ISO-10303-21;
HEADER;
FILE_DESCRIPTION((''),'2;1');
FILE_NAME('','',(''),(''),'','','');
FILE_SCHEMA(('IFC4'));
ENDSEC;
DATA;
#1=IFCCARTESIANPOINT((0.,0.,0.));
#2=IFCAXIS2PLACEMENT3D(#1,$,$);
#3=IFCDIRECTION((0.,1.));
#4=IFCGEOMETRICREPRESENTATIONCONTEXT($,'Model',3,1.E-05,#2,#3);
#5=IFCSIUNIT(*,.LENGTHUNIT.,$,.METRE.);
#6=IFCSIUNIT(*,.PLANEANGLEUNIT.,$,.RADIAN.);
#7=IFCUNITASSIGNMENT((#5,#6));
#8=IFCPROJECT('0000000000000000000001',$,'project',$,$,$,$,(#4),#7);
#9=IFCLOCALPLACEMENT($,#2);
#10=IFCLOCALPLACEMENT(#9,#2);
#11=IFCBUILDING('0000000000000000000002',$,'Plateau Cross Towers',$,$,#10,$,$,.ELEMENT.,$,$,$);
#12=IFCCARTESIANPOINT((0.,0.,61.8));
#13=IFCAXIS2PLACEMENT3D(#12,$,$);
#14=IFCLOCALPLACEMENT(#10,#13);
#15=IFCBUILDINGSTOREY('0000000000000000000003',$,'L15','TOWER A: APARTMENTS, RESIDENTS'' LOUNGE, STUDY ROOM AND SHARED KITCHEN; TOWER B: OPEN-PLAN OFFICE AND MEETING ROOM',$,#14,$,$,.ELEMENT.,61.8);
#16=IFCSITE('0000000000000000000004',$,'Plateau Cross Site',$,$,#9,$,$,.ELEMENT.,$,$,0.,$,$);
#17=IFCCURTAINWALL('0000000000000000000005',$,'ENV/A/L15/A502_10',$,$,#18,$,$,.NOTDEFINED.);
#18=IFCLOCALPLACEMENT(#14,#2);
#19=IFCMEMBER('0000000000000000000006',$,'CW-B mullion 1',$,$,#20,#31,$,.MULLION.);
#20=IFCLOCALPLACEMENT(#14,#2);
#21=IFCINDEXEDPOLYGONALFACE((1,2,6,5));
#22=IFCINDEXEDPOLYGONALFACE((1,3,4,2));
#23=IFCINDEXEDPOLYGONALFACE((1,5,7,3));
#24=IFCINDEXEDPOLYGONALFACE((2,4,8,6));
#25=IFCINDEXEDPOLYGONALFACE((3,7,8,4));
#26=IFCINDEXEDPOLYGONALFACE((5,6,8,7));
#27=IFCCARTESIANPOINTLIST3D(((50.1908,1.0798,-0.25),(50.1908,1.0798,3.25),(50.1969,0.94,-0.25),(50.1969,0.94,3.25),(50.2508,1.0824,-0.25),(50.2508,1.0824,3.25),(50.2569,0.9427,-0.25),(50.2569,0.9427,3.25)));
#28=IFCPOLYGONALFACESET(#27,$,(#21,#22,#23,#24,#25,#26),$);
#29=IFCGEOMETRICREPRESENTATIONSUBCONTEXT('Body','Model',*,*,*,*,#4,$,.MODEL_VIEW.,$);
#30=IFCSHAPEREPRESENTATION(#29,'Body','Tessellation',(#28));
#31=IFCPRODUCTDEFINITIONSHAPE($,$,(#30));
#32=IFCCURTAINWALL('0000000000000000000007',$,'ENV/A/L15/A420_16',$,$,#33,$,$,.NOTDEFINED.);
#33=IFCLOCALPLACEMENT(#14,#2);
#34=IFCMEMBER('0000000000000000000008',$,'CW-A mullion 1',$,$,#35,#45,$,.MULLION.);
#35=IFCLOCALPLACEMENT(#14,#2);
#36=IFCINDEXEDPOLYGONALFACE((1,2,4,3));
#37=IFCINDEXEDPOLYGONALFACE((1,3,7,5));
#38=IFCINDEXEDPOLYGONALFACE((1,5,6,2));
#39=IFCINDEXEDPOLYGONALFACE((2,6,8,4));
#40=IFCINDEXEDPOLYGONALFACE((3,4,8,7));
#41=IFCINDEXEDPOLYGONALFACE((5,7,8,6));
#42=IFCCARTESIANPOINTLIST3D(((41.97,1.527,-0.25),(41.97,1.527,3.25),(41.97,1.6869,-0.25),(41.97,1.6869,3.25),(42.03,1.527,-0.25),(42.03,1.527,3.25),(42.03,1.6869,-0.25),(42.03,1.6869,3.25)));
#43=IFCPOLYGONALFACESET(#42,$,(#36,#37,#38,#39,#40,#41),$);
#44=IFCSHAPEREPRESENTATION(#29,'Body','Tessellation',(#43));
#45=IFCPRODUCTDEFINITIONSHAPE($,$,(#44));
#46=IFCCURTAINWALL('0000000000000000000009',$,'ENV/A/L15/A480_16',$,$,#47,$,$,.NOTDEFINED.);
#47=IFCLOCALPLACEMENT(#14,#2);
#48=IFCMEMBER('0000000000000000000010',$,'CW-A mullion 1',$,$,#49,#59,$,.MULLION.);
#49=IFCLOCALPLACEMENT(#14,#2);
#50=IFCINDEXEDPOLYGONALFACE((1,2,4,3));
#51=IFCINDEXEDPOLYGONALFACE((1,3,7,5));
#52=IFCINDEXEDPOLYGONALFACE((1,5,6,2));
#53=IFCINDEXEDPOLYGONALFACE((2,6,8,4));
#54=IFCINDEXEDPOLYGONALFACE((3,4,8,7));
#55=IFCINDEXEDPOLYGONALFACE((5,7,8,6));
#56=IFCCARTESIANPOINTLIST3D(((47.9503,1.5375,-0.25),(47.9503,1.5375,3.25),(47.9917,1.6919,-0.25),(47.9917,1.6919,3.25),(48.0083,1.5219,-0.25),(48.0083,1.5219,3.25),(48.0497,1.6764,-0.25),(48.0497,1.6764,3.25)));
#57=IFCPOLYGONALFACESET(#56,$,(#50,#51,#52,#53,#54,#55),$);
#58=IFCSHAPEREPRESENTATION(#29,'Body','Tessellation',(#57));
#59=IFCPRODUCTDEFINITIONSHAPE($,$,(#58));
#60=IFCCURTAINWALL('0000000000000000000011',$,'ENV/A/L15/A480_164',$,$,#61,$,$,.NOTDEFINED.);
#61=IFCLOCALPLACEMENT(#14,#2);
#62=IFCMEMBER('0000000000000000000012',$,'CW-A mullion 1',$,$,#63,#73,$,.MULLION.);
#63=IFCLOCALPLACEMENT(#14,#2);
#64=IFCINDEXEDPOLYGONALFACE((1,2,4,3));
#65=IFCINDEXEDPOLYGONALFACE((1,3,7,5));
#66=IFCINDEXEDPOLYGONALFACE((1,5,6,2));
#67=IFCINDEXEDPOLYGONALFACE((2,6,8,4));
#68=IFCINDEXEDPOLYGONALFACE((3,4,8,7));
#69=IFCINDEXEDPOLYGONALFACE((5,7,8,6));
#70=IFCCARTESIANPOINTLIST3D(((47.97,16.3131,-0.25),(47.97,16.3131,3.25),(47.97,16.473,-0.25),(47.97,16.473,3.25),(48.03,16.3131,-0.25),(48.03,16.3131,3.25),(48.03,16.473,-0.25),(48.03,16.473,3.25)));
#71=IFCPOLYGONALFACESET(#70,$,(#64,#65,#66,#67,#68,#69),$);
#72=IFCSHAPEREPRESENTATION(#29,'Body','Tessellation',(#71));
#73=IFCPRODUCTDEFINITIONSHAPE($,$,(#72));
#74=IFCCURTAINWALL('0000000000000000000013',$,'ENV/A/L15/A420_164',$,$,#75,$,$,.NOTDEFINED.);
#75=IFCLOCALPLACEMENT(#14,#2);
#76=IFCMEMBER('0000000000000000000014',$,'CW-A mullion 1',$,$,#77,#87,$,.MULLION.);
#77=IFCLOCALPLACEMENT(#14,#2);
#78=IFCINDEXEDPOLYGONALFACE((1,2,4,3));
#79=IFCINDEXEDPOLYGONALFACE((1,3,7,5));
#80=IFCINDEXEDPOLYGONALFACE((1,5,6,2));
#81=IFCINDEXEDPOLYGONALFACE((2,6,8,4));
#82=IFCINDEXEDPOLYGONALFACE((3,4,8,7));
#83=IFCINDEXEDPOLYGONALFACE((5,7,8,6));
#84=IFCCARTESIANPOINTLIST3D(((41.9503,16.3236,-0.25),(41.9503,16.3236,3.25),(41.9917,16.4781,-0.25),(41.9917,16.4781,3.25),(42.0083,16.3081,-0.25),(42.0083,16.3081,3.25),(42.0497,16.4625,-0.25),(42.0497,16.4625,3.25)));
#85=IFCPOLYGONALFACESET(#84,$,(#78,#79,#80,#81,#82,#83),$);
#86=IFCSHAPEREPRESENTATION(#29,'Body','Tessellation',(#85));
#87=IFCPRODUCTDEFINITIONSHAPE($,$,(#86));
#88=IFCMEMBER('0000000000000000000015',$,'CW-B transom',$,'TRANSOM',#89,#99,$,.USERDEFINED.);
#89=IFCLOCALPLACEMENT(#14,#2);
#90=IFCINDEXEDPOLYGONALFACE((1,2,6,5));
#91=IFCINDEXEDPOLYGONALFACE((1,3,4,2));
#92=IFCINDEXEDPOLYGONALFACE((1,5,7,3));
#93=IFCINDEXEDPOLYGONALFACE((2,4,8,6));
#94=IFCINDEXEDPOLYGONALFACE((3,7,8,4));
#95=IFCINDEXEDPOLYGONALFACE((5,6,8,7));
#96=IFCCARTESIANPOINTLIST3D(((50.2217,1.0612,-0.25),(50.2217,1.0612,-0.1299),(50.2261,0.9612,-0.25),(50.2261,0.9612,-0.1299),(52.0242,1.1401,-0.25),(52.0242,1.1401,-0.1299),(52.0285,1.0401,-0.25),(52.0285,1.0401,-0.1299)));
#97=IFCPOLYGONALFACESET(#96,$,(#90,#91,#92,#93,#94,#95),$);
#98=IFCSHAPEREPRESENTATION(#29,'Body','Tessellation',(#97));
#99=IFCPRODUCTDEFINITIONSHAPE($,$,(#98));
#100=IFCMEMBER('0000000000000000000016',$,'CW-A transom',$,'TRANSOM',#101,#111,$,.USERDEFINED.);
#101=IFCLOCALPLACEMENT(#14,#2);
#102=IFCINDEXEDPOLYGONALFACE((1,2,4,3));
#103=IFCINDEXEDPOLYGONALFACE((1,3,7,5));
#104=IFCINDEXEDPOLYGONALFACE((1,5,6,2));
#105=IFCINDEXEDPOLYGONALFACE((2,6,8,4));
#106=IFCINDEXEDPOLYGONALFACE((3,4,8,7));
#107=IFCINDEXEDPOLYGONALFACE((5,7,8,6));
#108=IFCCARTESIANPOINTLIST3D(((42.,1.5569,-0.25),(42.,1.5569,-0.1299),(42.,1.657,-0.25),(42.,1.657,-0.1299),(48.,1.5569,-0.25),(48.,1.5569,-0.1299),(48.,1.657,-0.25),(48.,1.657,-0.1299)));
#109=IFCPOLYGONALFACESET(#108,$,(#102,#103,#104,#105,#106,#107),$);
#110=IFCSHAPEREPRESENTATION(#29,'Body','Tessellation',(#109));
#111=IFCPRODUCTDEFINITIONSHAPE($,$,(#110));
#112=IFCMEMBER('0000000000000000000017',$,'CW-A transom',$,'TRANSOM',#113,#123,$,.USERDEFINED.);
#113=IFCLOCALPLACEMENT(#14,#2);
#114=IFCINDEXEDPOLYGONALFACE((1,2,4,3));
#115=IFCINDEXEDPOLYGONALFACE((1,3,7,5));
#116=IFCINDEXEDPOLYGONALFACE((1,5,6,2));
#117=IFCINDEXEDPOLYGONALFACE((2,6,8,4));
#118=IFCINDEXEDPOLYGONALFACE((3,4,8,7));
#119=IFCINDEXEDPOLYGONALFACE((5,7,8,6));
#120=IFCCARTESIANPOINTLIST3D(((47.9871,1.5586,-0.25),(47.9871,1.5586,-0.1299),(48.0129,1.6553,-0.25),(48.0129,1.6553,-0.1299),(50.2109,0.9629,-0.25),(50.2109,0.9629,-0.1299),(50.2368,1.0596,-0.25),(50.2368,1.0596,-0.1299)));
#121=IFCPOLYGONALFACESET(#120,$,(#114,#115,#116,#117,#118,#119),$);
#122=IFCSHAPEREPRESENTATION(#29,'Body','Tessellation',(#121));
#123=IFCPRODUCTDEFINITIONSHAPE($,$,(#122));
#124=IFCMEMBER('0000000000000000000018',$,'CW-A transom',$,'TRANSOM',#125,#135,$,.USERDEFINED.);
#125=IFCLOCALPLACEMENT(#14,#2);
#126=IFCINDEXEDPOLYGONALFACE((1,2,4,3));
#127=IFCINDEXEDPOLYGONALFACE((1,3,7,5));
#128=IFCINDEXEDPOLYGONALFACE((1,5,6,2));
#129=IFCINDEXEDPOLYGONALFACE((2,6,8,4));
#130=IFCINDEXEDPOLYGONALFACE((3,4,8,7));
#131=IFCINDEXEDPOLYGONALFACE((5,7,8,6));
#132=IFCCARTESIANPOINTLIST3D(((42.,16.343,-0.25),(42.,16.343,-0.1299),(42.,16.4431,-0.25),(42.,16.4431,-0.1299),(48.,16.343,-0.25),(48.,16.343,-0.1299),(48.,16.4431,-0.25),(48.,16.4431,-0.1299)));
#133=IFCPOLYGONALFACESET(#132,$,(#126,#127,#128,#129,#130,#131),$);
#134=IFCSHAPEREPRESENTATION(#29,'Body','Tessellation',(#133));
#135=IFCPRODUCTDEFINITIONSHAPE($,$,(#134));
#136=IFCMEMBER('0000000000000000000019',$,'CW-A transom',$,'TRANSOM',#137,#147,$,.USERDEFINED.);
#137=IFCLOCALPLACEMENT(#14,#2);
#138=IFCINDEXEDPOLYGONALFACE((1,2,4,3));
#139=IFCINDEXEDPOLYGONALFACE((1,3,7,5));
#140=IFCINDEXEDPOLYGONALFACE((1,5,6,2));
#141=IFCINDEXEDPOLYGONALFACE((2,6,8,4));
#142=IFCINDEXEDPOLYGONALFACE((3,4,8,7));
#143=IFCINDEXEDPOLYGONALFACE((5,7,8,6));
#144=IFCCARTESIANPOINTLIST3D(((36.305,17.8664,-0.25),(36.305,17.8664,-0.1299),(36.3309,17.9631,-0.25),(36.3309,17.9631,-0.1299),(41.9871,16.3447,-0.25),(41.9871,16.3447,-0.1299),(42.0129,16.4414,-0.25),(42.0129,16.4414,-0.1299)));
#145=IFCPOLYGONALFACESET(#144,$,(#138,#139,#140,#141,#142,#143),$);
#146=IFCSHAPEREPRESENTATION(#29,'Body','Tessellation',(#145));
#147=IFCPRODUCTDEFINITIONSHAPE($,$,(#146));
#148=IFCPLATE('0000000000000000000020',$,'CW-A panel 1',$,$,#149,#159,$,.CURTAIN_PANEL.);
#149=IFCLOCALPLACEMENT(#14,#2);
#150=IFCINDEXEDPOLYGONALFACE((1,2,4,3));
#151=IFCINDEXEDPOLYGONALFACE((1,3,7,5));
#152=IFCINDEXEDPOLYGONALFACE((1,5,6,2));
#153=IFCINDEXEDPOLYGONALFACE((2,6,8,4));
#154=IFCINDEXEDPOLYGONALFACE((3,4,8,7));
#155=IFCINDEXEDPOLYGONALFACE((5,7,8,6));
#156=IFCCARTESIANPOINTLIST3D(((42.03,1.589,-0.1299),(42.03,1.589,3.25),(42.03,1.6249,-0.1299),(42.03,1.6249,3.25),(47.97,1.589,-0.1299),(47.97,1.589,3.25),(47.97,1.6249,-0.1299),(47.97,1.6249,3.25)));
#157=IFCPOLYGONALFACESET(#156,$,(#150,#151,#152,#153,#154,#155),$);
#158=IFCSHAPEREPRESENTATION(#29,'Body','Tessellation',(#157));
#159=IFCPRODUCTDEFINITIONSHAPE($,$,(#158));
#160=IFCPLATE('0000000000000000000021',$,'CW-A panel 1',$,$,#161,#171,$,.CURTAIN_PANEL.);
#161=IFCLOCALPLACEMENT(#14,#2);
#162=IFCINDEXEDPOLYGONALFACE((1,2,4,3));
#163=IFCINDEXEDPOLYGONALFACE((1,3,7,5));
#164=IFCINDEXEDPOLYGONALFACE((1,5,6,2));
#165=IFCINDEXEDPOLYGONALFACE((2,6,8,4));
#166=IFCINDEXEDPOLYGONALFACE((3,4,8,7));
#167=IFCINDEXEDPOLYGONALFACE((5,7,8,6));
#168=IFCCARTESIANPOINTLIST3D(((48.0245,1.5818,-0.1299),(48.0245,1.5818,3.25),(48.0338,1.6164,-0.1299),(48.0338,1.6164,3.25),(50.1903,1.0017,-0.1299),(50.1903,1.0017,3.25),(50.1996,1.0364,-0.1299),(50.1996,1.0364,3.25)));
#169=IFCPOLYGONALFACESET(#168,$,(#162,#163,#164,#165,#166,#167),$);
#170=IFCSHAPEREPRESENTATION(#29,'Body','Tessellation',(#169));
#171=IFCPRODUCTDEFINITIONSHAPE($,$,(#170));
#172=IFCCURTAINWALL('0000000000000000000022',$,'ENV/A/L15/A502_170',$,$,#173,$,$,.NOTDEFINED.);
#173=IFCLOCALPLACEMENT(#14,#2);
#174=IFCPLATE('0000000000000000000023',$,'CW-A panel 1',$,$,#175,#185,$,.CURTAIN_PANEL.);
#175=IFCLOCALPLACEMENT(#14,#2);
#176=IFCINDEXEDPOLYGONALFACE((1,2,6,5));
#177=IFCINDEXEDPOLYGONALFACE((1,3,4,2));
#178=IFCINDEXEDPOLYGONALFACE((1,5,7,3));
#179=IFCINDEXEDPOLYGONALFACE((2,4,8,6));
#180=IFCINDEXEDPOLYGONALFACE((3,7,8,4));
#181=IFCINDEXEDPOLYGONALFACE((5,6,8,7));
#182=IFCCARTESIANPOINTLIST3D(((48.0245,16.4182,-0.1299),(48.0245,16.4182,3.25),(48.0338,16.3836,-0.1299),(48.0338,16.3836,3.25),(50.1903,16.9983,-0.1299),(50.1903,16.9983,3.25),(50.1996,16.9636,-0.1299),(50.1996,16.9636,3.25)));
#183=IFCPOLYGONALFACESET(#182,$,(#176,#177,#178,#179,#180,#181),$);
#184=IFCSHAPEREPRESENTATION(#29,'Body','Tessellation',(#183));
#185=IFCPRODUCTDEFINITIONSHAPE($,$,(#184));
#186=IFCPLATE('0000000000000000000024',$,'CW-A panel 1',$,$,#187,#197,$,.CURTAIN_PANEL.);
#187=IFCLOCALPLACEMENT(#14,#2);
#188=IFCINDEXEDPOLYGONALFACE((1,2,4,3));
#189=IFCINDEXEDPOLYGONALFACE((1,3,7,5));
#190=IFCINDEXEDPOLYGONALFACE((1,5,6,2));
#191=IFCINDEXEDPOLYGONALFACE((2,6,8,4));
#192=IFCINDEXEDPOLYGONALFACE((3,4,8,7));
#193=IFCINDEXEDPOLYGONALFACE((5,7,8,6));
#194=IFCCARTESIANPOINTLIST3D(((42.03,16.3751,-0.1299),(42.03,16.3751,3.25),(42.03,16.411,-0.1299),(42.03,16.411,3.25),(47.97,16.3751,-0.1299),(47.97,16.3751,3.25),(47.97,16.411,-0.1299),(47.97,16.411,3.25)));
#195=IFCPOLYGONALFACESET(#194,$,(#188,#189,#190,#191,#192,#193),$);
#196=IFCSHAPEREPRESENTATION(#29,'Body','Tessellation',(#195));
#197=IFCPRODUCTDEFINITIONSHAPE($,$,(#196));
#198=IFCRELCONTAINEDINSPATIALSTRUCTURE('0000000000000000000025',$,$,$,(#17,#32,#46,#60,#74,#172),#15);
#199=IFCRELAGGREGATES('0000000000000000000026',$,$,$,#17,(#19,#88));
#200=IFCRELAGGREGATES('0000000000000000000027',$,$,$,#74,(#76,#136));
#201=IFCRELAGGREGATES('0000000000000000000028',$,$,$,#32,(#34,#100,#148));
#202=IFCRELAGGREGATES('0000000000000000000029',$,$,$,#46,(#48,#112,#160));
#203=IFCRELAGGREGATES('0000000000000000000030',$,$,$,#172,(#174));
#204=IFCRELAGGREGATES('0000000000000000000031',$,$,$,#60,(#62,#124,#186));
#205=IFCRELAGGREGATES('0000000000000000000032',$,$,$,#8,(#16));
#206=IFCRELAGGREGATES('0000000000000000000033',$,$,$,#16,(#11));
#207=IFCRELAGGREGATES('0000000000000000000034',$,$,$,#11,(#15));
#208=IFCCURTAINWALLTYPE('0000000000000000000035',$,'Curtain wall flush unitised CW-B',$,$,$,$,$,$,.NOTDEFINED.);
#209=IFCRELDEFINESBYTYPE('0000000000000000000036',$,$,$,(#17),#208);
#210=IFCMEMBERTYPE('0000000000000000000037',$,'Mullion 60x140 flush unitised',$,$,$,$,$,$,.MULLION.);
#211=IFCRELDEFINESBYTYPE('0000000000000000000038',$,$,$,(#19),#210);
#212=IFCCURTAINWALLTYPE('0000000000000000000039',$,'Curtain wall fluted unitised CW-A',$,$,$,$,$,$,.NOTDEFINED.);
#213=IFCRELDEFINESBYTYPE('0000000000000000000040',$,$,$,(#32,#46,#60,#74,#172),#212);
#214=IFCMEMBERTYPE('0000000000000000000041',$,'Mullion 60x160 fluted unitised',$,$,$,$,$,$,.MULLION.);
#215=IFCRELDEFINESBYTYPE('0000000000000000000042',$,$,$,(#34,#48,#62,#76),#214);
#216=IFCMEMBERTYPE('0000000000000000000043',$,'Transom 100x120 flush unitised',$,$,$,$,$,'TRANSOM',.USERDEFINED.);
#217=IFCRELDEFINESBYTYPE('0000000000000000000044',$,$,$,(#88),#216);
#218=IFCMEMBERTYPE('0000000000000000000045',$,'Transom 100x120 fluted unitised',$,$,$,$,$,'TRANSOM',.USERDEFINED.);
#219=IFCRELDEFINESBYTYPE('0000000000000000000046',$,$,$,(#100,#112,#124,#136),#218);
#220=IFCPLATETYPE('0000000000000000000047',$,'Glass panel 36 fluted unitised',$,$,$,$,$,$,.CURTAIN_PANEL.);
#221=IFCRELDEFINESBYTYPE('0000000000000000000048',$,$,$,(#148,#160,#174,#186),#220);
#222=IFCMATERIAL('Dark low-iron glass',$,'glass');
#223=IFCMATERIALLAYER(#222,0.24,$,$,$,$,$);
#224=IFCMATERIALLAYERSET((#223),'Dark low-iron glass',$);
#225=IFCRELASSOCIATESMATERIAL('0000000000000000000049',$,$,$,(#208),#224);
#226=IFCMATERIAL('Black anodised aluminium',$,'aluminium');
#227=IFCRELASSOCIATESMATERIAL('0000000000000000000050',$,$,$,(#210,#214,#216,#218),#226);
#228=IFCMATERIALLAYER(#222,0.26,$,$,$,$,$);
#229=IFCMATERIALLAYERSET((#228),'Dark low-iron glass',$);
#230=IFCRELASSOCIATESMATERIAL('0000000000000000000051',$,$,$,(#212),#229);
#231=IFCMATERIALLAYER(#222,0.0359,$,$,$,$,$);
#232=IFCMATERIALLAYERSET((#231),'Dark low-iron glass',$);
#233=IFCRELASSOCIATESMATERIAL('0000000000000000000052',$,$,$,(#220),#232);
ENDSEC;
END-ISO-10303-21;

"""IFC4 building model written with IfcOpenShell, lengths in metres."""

from ifc_helpers import new_model, si_unit, direction, frame, origin, origin_2d, place, context, subcontext, project, spatial, rectangle, extrude, material, layer, layer_set, material_profile, profile_set, type_object, element, aggregate, save


model = new_model("IFC4")

# Units and contexts
model_context = context("Model", 3, precision=1e-05, world=origin(), true_north=direction((0.0, 1.0)))
body_context = subcontext(model_context, "Body", "Model", "MODEL_VIEW")
ifc_project = project(units=[si_unit("LENGTHUNIT", "METRE"), si_unit("PLANEANGLEUNIT", "RADIAN")], contexts=[model_context])

# Site, building, storey
site_placement = place(None, origin())
site = spatial("IfcSite", under=ifc_project, at=site_placement, Name="Plateau Cross Site", CompositionType="ELEMENT", RefElevation=0.0)
building_placement = place(site_placement, origin())
building = spatial("IfcBuilding", under=site, at=building_placement, Name="Plateau Cross Towers", CompositionType="ELEMENT")
storey_placement = place(building_placement, frame((0.0, 0.0, 61.8)))
storey = spatial("IfcBuildingStorey", under=building, at=storey_placement, Name="L15", Description="TOWER A: APARTMENTS, RESIDENTS' LOUNGE, STUDY ROOM AND SHARED KITCHEN; TOWER B: OPEN-PLAN OFFICE AND MEETING ROOM", CompositionType="ELEMENT", Elevation=61.8)

# Curtain walls, members
ifc_material_1 = material(Name="Dark low-iron glass", Category="glass")
ifc_layer_1 = layer(ifc_material_1, 0.24)
ifc_layer_set_1 = layer_set([ifc_layer_1], Name="Dark low-iron glass")
curtain_wall_type_1 = type_object("IfcCurtainWallType", Name="Curtain wall flush unitised CW-B", PredefinedType="NOTDEFINED", material=ifc_layer_set_1)
curtain_wall_1_placement = place(storey_placement, origin())
curtain_wall_1 = element("IfcCurtainWall", 1, at=curtain_wall_1_placement, inside=storey, type_object=curtain_wall_type_1, Name="ENV/A/L15/A502_10", PredefinedType="NOTDEFINED")
ifc_material_2 = material(Name="Black anodised aluminium", Category="aluminium")
ifc_material_profile_1 = material_profile(ifc_material_2, rectangle(XDim=0.0601, YDim=0.1399, at=origin_2d()), Name="MULLION 60x140")
ifc_profile_set_1 = profile_set([ifc_material_profile_1], Name="Black anodised aluminium")
member_type_1 = type_object("IfcMemberType", Name="Mullion 60x140 flush unitised", PredefinedType="MULLION", material=ifc_profile_set_1)
member_1_placement = place(storey_placement, frame((50.2239, 1.0112, -0.25), z_axis=(0.0, 0.0, 1.0), x_axis=(0.999044, 0.043723, 0.0)))
member_1 = element("IfcMember", 2, at=member_1_placement, type_object=member_type_1, Name="CW-B mullion 1", PredefinedType="MULLION", context=body_context, shape_type="SweptSolid", body=[
    extrude(rectangle(XDim=0.0601, YDim=0.1399, at=origin_2d()), origin(), (0.0, 0.0, 1.0), 3.5),
])
ifc_layer_2 = layer(ifc_material_1, 0.26)
ifc_layer_set_2 = layer_set([ifc_layer_2], Name="Dark low-iron glass")
curtain_wall_type_2 = type_object("IfcCurtainWallType", Name="Curtain wall fluted unitised CW-A", PredefinedType="NOTDEFINED", material=ifc_layer_set_2)
curtain_wall_2_placement = place(storey_placement, origin())
curtain_wall_2 = element("IfcCurtainWall", 3, at=curtain_wall_2_placement, inside=storey, type_object=curtain_wall_type_2, Name="ENV/A/L15/A420_16", PredefinedType="NOTDEFINED")
ifc_material_profile_2 = material_profile(ifc_material_2, rectangle(XDim=0.0601, YDim=0.1599, at=origin_2d()), Name="MULLION 60x160")
ifc_profile_set_2 = profile_set([ifc_material_profile_2], Name="Black anodised aluminium")
member_type_2 = type_object("IfcMemberType", Name="Mullion 60x160 fluted unitised", PredefinedType="MULLION", material=ifc_profile_set_2)
member_2_placement = place(storey_placement, frame((42.0, 1.6069, -0.25), z_axis=(0.0, 0.0, 1.0), x_axis=(1.0, 0.0, 0.0)))
member_2 = element("IfcMember", 4, at=member_2_placement, type_object=member_type_2, Name="CW-A mullion 1", PredefinedType="MULLION", context=body_context, shape_type="SweptSolid", body=[
    extrude(rectangle(XDim=0.0601, YDim=0.1599, at=origin_2d()), origin(), (0.0, 0.0, 1.0), 3.5),
])
curtain_wall_3_placement = place(storey_placement, origin())
curtain_wall_3 = element("IfcCurtainWall", 5, at=curtain_wall_3_placement, inside=storey, type_object=curtain_wall_type_2, Name="ENV/A/L15/A480_16", PredefinedType="NOTDEFINED")
member_3_placement = place(storey_placement, frame((48.0, 1.6069, -0.25), z_axis=(0.0, 0.0, 1.0), x_axis=(0.965958, -0.258699, 0.0)))
member_3 = element("IfcMember", 6, at=member_3_placement, type_object=member_type_2, Name="CW-A mullion 1", PredefinedType="MULLION", context=body_context, shape_type="SweptSolid", body=[
    extrude(rectangle(XDim=0.0601, YDim=0.1599, at=origin_2d()), origin(), (0.0, 0.0, 1.0), 3.5),
])
curtain_wall_4_placement = place(storey_placement, origin())
curtain_wall_4 = element("IfcCurtainWall", 7, at=curtain_wall_4_placement, inside=storey, type_object=curtain_wall_type_2, Name="ENV/A/L15/A480_164", PredefinedType="NOTDEFINED")
member_4_placement = place(storey_placement, frame((48.0, 16.3931, -0.25), z_axis=(0.0, 0.0, 1.0), x_axis=(-1.0, 0.0, 0.0)))
member_4 = element("IfcMember", 8, at=member_4_placement, type_object=member_type_2, Name="CW-A mullion 1", PredefinedType="MULLION", context=body_context, shape_type="SweptSolid", body=[
    extrude(rectangle(XDim=0.0601, YDim=0.1599, at=origin_2d()), origin(), (0.0, 0.0, 1.0), 3.5),
])
curtain_wall_5_placement = place(storey_placement, origin())
curtain_wall_5 = element("IfcCurtainWall", 9, at=curtain_wall_5_placement, inside=storey, type_object=curtain_wall_type_2, Name="ENV/A/L15/A420_164", PredefinedType="NOTDEFINED")
member_5_placement = place(storey_placement, frame((42.0, 16.3931, -0.25), z_axis=(0.0, 0.0, 1.0), x_axis=(-0.965958, 0.258699, 0.0)))
member_5 = element("IfcMember", 10, at=member_5_placement, type_object=member_type_2, Name="CW-A mullion 1", PredefinedType="MULLION", context=body_context, shape_type="SweptSolid", body=[
    extrude(rectangle(XDim=0.0601, YDim=0.1599, at=origin_2d()), origin(), (0.0, 0.0, 1.0), 3.5),
])

# Members
ifc_material_profile_3 = material_profile(ifc_material_2, rectangle(XDim=0.1001, YDim=0.1201, at=origin_2d()), Name="TRANSOM 100x120")
ifc_profile_set_3 = profile_set([ifc_material_profile_3], Name="Black anodised aluminium")
member_type_3 = type_object("IfcMemberType", Name="Transom 100x120 flush unitised", ElementType="TRANSOM", PredefinedType="USERDEFINED", material=ifc_profile_set_3)
member_6_placement = place(storey_placement, frame((50.2239, 1.0112, -0.1899), z_axis=(0.999044, 0.043707, 0.0), x_axis=(-0.043707, 0.999044, 0.0)))
member_6 = element("IfcMember", 11, at=member_6_placement, type_object=member_type_3, Name="CW-B transom", ObjectType="TRANSOM", PredefinedType="USERDEFINED", context=body_context, shape_type="SweptSolid", body=[
    extrude(rectangle(XDim=0.1001, YDim=0.1201, at=origin_2d()), origin(), (0.0, 0.0, 1.0), 1.8042),
])
aggregate(curtain_wall_1, [member_1, member_6])
ifc_material_profile_4 = material_profile(ifc_material_2, rectangle(XDim=0.1001, YDim=0.1201, at=origin_2d()), Name="TRANSOM 100x120")
ifc_profile_set_4 = profile_set([ifc_material_profile_4], Name="Black anodised aluminium")
member_type_4 = type_object("IfcMemberType", Name="Transom 100x120 fluted unitised", ElementType="TRANSOM", PredefinedType="USERDEFINED", material=ifc_profile_set_4)
member_7_placement = place(storey_placement, frame((42.0, 1.6069, -0.1899), z_axis=(1.0, 0.0, 0.0), x_axis=(0.0, 1.0, 0.0)))
member_7 = element("IfcMember", 12, at=member_7_placement, type_object=member_type_4, Name="CW-A transom", ObjectType="TRANSOM", PredefinedType="USERDEFINED", context=body_context, shape_type="SweptSolid", body=[
    extrude(rectangle(XDim=0.1001, YDim=0.1201, at=origin_2d()), origin(), (0.0, 0.0, 1.0), 6.0),
])
member_8_placement = place(storey_placement, frame((48.0, 1.6069, -0.1899), z_axis=(0.965946, -0.258745, 0.0), x_axis=(0.258745, 0.965946, 0.0)))
member_8 = element("IfcMember", 13, at=member_8_placement, type_object=member_type_4, Name="CW-A transom", ObjectType="TRANSOM", PredefinedType="USERDEFINED", context=body_context, shape_type="SweptSolid", body=[
    extrude(rectangle(XDim=0.1001, YDim=0.1201, at=origin_2d()), origin(), (0.0, 0.0, 1.0), 2.3022),
])
member_9_placement = place(storey_placement, frame((48.0, 16.3931, -0.1899), z_axis=(-1.0, 0.0, 0.0), x_axis=(0.0, -1.0, 0.0)))
member_9 = element("IfcMember", 14, at=member_9_placement, type_object=member_type_4, Name="CW-A transom", ObjectType="TRANSOM", PredefinedType="USERDEFINED", context=body_context, shape_type="SweptSolid", body=[
    extrude(rectangle(XDim=0.1001, YDim=0.1201, at=origin_2d()), origin(), (0.0, 0.0, 1.0), 6.0),
])
member_10_placement = place(storey_placement, frame((42.0, 16.3931, -0.1899), z_axis=(-0.96596, 0.258693, 0.0), x_axis=(-0.258693, -0.96596, 0.0)))
member_10 = element("IfcMember", 15, at=member_10_placement, type_object=member_type_4, Name="CW-A transom", ObjectType="TRANSOM", PredefinedType="USERDEFINED", context=body_context, shape_type="SweptSolid", body=[
    extrude(rectangle(XDim=0.1001, YDim=0.1201, at=origin_2d()), origin(), (0.0, 0.0, 1.0), 5.8823),
])
aggregate(curtain_wall_5, [member_5, member_10])

# Plates
ifc_layer_3 = layer(ifc_material_1, 0.0359)
ifc_layer_set_3 = layer_set([ifc_layer_3], Name="Dark low-iron glass")
plate_type = type_object("IfcPlateType", Name="Glass panel 36 fluted unitised", PredefinedType="CURTAIN_PANEL", material=ifc_layer_set_3)
plate_1_placement = place(storey_placement, frame((45.0, 1.6069, -0.1299), z_axis=(0.0, 0.0, 1.0), x_axis=(1.0, 0.0, 0.0)))
plate_1 = element("IfcPlate", 16, at=plate_1_placement, type_object=plate_type, Name="CW-A panel 1", PredefinedType="CURTAIN_PANEL", context=body_context, shape_type="SweptSolid", body=[
    extrude(rectangle(XDim=5.9399, YDim=0.0359, at=origin_2d()), origin(), (0.0, 0.0, 1.0), 3.3799),
])
aggregate(curtain_wall_2, [member_2, member_7, plate_1])
plate_2_placement = place(storey_placement, frame((49.1121, 1.3091, -0.1299), z_axis=(0.0, 0.0, 1.0), x_axis=(0.965958, -0.258699, 0.0)))
plate_2 = element("IfcPlate", 17, at=plate_2_placement, type_object=plate_type, Name="CW-A panel 1", PredefinedType="CURTAIN_PANEL", context=body_context, shape_type="SweptSolid", body=[
    extrude(rectangle(XDim=2.2422, YDim=0.0359, at=origin_2d()), origin(), (0.0, 0.0, 1.0), 3.3799),
])
aggregate(curtain_wall_3, [member_3, member_8, plate_2])

# Curtain wall, plate
curtain_wall_6_placement = place(storey_placement, origin())
curtain_wall_6 = element("IfcCurtainWall", 18, at=curtain_wall_6_placement, inside=storey, type_object=curtain_wall_type_2, Name="ENV/A/L15/A502_170", PredefinedType="NOTDEFINED")
plate_3_placement = place(storey_placement, frame((49.1121, 16.6909, -0.1299), z_axis=(0.0, 0.0, 1.0), x_axis=(-0.965958, -0.258699, 0.0)))
plate_3 = element("IfcPlate", 19, at=plate_3_placement, type_object=plate_type, Name="CW-A panel 1", PredefinedType="CURTAIN_PANEL", context=body_context, shape_type="SweptSolid", body=[
    extrude(rectangle(XDim=2.2422, YDim=0.0359, at=origin_2d()), origin(), (0.0, 0.0, 1.0), 3.3799),
])
aggregate(curtain_wall_6, [plate_3])

# Plate
plate_4_placement = place(storey_placement, frame((45.0, 16.3931, -0.1299), z_axis=(0.0, 0.0, 1.0), x_axis=(-1.0, 0.0, 0.0)))
plate_4 = element("IfcPlate", 20, at=plate_4_placement, type_object=plate_type, Name="CW-A panel 1", PredefinedType="CURTAIN_PANEL", context=body_context, shape_type="SweptSolid", body=[
    extrude(rectangle(XDim=5.9399, YDim=0.0359, at=origin_2d()), origin(), (0.0, 0.0, 1.0), 3.3799),
])
aggregate(curtain_wall_4, [member_4, member_9, plate_4])

save(model, "model.ifc")
